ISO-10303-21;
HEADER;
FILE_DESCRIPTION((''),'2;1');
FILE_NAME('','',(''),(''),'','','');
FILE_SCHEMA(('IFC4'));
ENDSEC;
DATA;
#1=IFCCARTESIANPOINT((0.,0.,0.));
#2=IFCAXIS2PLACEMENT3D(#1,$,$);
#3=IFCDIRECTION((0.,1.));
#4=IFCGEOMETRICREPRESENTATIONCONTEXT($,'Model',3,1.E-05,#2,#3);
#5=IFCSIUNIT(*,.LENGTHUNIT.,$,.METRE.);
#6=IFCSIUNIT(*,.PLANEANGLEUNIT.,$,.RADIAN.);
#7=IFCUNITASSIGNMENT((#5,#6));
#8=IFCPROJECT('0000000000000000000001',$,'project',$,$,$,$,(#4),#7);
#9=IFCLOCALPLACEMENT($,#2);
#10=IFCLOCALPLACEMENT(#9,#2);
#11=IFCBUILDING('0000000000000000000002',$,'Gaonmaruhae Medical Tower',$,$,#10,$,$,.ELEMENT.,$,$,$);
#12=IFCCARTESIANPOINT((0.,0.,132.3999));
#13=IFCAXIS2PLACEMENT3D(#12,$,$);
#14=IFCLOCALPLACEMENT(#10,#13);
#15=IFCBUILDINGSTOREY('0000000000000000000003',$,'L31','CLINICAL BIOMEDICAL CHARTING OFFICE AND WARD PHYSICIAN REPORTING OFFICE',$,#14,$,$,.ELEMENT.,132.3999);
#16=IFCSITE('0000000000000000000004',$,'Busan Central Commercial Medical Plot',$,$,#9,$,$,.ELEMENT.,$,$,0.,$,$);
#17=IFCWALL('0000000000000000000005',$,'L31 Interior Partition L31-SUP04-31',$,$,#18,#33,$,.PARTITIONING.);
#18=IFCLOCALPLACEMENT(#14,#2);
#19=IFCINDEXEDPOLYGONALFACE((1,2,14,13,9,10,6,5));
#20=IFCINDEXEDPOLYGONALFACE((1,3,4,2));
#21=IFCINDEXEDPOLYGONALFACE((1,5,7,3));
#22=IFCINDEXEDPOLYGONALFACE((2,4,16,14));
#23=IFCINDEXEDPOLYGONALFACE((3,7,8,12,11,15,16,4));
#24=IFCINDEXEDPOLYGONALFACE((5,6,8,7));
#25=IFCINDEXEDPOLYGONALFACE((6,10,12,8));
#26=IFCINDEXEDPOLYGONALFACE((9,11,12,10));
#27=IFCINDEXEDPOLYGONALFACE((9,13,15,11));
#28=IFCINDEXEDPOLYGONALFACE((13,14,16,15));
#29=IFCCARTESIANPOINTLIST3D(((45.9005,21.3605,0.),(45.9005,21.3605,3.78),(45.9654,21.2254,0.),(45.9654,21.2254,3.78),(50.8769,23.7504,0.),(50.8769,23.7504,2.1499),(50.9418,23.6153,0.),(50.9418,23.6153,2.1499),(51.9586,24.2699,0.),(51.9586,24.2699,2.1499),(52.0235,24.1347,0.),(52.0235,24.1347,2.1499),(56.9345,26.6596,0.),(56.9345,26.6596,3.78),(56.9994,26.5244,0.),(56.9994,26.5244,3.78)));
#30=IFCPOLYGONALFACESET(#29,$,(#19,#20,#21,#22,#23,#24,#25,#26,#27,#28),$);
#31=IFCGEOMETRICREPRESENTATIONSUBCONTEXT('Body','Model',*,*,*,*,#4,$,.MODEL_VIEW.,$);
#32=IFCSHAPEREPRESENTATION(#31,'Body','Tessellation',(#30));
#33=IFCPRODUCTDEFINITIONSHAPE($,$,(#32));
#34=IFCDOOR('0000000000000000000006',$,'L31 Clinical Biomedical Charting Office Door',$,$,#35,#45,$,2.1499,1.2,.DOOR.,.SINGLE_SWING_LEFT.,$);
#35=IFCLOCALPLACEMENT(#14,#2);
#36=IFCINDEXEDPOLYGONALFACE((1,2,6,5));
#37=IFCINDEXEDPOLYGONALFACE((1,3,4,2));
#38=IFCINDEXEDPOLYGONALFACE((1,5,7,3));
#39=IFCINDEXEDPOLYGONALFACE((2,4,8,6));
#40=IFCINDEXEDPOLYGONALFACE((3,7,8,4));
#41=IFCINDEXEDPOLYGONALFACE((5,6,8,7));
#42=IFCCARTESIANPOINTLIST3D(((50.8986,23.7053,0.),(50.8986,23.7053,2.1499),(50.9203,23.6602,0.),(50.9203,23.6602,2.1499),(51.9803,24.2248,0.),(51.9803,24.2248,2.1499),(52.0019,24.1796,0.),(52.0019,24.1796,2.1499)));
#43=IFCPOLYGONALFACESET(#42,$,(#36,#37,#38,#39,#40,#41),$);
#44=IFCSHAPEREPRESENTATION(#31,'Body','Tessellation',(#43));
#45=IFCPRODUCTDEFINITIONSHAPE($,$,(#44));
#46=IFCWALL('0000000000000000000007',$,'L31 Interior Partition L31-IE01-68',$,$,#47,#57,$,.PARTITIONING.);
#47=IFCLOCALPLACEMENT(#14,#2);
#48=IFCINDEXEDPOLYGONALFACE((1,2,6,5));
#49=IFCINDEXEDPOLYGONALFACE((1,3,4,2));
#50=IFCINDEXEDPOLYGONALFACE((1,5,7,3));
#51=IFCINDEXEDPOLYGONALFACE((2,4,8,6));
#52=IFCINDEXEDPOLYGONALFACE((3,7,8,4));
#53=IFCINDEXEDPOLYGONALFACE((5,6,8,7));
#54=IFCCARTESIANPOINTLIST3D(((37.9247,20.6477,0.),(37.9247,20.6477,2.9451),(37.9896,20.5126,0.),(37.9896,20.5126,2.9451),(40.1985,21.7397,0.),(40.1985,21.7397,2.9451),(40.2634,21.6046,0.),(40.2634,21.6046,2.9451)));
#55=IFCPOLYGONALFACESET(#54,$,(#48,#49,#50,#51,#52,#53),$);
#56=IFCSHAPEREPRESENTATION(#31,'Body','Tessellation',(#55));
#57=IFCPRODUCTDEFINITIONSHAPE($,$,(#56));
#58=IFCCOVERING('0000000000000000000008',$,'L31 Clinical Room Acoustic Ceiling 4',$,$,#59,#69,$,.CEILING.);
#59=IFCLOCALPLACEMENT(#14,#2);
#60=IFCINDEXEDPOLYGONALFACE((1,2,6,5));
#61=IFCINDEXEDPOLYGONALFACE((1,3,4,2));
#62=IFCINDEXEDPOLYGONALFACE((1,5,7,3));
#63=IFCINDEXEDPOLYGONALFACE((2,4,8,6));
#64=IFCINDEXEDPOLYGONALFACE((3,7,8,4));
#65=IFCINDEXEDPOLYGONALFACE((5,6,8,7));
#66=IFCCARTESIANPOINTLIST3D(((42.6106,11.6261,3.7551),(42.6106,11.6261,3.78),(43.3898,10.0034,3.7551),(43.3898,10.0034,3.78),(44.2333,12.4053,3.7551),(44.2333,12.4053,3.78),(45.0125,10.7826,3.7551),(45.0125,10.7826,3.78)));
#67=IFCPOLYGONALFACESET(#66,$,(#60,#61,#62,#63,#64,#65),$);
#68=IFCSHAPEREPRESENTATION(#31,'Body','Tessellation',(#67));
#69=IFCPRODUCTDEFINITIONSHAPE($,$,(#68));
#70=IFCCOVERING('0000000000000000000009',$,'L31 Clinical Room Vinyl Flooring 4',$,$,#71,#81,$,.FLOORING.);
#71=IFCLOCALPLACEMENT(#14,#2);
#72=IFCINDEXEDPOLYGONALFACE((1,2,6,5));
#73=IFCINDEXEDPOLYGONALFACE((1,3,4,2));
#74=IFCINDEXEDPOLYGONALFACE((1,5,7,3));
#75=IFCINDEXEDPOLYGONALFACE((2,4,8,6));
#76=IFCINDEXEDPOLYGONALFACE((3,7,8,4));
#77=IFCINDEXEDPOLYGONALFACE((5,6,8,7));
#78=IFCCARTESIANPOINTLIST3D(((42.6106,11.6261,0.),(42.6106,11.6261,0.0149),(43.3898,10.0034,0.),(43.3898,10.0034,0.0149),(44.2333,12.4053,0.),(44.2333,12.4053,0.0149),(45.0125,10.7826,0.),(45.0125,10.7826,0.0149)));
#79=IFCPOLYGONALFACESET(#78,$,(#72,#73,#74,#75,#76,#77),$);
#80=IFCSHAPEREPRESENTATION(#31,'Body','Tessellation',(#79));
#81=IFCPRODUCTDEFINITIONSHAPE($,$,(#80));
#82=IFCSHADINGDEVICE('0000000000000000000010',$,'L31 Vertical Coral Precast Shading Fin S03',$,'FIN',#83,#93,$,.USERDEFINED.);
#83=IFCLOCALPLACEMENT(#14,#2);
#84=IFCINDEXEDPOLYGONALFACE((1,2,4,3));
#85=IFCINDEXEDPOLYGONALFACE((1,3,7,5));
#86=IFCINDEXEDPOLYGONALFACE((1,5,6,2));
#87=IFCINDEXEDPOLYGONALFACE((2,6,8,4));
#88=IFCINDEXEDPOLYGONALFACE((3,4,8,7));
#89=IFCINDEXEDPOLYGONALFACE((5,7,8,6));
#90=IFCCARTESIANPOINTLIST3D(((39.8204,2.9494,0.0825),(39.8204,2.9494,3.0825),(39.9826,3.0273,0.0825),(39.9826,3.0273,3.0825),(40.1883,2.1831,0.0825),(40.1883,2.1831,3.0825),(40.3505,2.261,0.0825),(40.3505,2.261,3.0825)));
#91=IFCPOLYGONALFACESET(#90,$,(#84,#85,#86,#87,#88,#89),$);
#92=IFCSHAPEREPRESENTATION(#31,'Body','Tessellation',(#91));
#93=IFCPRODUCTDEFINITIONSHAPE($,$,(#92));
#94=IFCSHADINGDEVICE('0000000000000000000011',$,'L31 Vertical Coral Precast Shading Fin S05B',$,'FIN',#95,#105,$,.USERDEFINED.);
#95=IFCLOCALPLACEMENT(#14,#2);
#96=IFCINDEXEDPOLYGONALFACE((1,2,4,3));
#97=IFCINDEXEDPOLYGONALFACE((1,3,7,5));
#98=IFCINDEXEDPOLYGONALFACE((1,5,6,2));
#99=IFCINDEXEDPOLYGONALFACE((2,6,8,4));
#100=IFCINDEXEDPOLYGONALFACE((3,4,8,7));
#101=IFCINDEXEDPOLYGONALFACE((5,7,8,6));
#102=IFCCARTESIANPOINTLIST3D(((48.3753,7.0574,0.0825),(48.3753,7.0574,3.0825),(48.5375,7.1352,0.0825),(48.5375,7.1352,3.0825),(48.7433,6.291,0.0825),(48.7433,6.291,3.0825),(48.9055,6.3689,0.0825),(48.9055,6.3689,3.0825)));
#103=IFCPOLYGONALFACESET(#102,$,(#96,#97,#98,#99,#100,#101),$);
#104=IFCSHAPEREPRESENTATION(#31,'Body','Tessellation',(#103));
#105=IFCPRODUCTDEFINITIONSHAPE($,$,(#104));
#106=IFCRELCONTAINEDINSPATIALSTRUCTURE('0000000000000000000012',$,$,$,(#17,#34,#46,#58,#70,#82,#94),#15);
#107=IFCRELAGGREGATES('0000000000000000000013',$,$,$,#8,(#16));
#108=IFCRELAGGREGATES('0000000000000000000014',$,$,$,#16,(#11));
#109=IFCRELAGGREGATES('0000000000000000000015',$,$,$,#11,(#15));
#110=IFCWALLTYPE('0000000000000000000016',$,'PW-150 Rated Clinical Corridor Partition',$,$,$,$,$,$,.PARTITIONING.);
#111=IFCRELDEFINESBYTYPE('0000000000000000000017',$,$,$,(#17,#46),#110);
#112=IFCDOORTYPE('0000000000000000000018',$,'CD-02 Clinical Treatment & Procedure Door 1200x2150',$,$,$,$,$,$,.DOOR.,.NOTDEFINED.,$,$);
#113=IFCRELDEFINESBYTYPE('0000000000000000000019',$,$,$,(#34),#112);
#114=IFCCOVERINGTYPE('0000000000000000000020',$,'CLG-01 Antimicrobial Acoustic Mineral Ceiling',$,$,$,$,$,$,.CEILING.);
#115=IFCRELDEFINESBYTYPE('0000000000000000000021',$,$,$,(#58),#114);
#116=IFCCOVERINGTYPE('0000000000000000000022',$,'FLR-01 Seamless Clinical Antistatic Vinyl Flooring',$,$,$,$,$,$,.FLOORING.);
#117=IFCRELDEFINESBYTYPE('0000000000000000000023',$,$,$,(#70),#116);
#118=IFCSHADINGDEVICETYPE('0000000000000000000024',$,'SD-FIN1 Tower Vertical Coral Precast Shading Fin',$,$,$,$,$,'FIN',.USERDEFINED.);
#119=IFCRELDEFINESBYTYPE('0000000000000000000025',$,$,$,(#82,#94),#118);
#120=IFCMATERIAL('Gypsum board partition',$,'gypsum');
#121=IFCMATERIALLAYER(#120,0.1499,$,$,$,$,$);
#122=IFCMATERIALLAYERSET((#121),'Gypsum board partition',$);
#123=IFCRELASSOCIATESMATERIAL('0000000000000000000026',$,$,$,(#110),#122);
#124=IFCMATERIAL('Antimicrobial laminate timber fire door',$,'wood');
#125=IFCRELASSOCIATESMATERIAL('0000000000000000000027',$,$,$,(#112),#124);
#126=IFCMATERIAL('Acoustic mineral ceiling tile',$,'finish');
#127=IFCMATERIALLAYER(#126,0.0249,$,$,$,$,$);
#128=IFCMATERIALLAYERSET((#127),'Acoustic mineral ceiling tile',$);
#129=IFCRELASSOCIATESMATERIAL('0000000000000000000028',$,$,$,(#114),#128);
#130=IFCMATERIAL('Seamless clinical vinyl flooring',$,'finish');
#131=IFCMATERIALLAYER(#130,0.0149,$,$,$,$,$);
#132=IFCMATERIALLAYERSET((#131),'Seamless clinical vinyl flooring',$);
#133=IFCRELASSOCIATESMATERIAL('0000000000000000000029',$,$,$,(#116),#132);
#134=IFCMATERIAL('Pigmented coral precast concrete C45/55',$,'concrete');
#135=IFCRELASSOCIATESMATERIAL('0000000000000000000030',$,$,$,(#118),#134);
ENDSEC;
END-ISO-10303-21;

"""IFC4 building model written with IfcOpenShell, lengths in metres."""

from ifc_helpers import new_model, si_unit, direction, frame, frame_2d, origin, origin_2d, place, context, subcontext, project, spatial, rectangle, extrude, material, layer, layer_set, type_object, element, fill, save


model = new_model("IFC4")

# Units and contexts
model_context = context("Model", 3, precision=1e-05, world=origin(), true_north=direction((0.0, 1.0)))
body_context = subcontext(model_context, "Body", "Model", "MODEL_VIEW")
ifc_project = project(units=[si_unit("LENGTHUNIT", "METRE"), si_unit("PLANEANGLEUNIT", "RADIAN")], contexts=[model_context])

# Site, building, storey
site_placement = place(None, origin())
site = spatial("IfcSite", under=ifc_project, at=site_placement, Name="Busan Central Commercial Medical Plot", CompositionType="ELEMENT", RefElevation=0.0)
building_placement = place(site_placement, origin())
building = spatial("IfcBuilding", under=site, at=building_placement, Name="Gaonmaruhae Medical Tower", CompositionType="ELEMENT")
storey_placement = place(building_placement, frame((0.0, 0.0, 132.3999)))
storey = spatial("IfcBuildingStorey", under=building, at=storey_placement, Name="L31", Description="CLINICAL BIOMEDICAL CHARTING OFFICE AND WARD PHYSICIAN REPORTING OFFICE", CompositionType="ELEMENT", Elevation=132.3999)

# Shared definitions
ifc_material_1 = material(Name="Gypsum board partition", Category="gypsum")
ifc_layer_1 = layer(ifc_material_1, 0.1499)
ifc_layer_set_1 = layer_set([ifc_layer_1], Name="Gypsum board partition")
wall_type_1 = type_object("IfcWallType", Name="PW-150 Rated Clinical Corridor Partition", PredefinedType="PARTITIONING", material=ifc_layer_set_1)

# Wall, opening, door
wall_1_placement = place(storey_placement, frame((45.9331, 21.293, 0.0), z_axis=(0.0, 0.0, 1.0), x_axis=(0.901434, 0.432916, 0.0)))
wall_1 = element("IfcWall", 1, at=wall_1_placement, inside=storey, type_object=wall_type_1, Name="L31 Interior Partition L31-SUP04-31", PredefinedType="PARTITIONING", context=body_context, shape_type="SweptSolid", body=[
    extrude(rectangle(XDim=12.2405, YDim=0.1499, at=frame_2d((6.1201, 0.0))), origin(), (0.0, 0.0, 1.0), 3.78),
])
opening_1_placement = place(wall_1_placement, frame((5.5203, 0.0, 0.0)))
opening_1 = element("IfcOpeningElement", 2, at=opening_1_placement, cuts=wall_1, PredefinedType="OPENING", context=body_context, shape_type="SweptSolid", body=[
    extrude(rectangle(XDim=1.2, YDim=2.1499, at=frame_2d((0.6001, 1.075))), frame((0.0, 0.085, 0.0), z_axis=(0.0, -1.0, 0.0), x_axis=(1.0, 0.0, 0.0)), (0.0, 0.0, 1.0), 0.1699),
])
ifc_material_2 = material(Name="Antimicrobial laminate timber fire door", Category="wood")
door_type = type_object("IfcDoorType", Name="CD-02 Clinical Treatment & Procedure Door 1200x2150", OperationType="NOTDEFINED", PredefinedType="DOOR", material=ifc_material_2)
door_placement = place(opening_1_placement, origin())
door = element("IfcDoor", 3, at=door_placement, inside=storey, type_object=door_type, Name="L31 Clinical Biomedical Charting Office Door", OperationType="SINGLE_SWING_LEFT", OverallHeight=2.1499, OverallWidth=1.2, PredefinedType="DOOR", context=body_context, shape_type="SweptSolid", body=[
    extrude(rectangle(XDim=1.2, YDim=2.1499, at=frame_2d((0.6001, 1.075))), frame((0.0, 0.0249, 0.0), z_axis=(0.0, -1.0, 0.0), x_axis=(1.0, 0.0, 0.0)), (0.0, 0.0, 1.0), 0.05),
])
fill(opening_1, door)

# Wall
wall_2_placement = place(storey_placement, frame((40.231, 21.6721, 0.0), z_axis=(0.0, 0.0, 1.0), x_axis=(-0.901437, -0.43291, 0.0)))
element("IfcWall", 4, at=wall_2_placement, inside=storey, type_object=wall_type_1, Name="L31 Interior Partition L31-IE01-68", PredefinedType="PARTITIONING", context=body_context, shape_type="SweptSolid", body=[
    extrude(rectangle(XDim=2.5225, YDim=0.1499, at=frame_2d((1.2612, 0.0))), origin(), (0.0, 0.0, 1.0), 2.9451),
])

# Coverings
ifc_material_3 = material(Name="Acoustic mineral ceiling tile", Category="finish")
ifc_layer_2 = layer(ifc_material_3, 0.0249)
ifc_layer_set_2 = layer_set([ifc_layer_2], Name="Acoustic mineral ceiling tile")
covering_type_1 = type_object("IfcCoveringType", Name="CLG-01 Antimicrobial Acoustic Mineral Ceiling", PredefinedType="CEILING", material=ifc_layer_set_2)
covering_1_placement = place(storey_placement, frame((43.8115, 11.2043, 3.7551), z_axis=(0.0, 0.0, 1.0), x_axis=(0.901455, 0.432873, 0.0)))
element("IfcCovering", 5, at=covering_1_placement, inside=storey, type_object=covering_type_1, Name="L31 Clinical Room Acoustic Ceiling 4", PredefinedType="CEILING", context=body_context, shape_type="SweptSolid", body=[
    extrude(rectangle(XDim=1.8, YDim=1.8, at=origin_2d()), origin(), (0.0, 0.0, 1.0), 0.0249),
])
ifc_material_4 = material(Name="Seamless clinical vinyl flooring", Category="finish")
ifc_layer_3 = layer(ifc_material_4, 0.0149)
ifc_layer_set_3 = layer_set([ifc_layer_3], Name="Seamless clinical vinyl flooring")
covering_type_2 = type_object("IfcCoveringType", Name="FLR-01 Seamless Clinical Antistatic Vinyl Flooring", PredefinedType="FLOORING", material=ifc_layer_set_3)
covering_2_placement = place(storey_placement, frame((43.8115, 11.2043, 0.0), z_axis=(0.0, 0.0, 1.0), x_axis=(0.901455, 0.432873, 0.0)))
element("IfcCovering", 6, at=covering_2_placement, inside=storey, type_object=covering_type_2, Name="L31 Clinical Room Vinyl Flooring 4", PredefinedType="FLOORING", context=body_context, shape_type="SweptSolid", body=[
    extrude(rectangle(XDim=1.8, YDim=1.8, at=origin_2d()), origin(), (0.0, 0.0, 1.0), 0.0149),
])

# Shading devices
ifc_material_5 = material(Name="Pigmented coral precast concrete C45/55", Category="concrete")
shading_device_type = type_object("IfcShadingDeviceType", Name="SD-FIN1 Tower Vertical Coral Precast Shading Fin", ElementType="FIN", PredefinedType="USERDEFINED", material=ifc_material_5)
for number, where, z_axis, x_axis, name in (
    (7, (40.0854, 2.6052, 0.0825), (0.0, 0.0, 1.0), (-0.901455, -0.432873, 0.0), "L31 Vertical Coral Precast Shading Fin S03"),
    (8, (48.6404, 6.7131, 0.0825), (0.0, 0.0, 1.0), (-0.901455, -0.432873, 0.0), "L31 Vertical Coral Precast Shading Fin S05B"),
):
    element("IfcShadingDevice", number, at=place(storey_placement, frame(where, z_axis=z_axis, x_axis=x_axis)), inside=storey, type_object=shading_device_type, Name=name, ObjectType="FIN", PredefinedType="USERDEFINED", context=body_context, shape_type="SweptSolid", body=[
        extrude(rectangle(XDim=0.1799, YDim=0.8501, at=origin_2d()), origin(), (0.0, 0.0, 1.0), 3.0),
    ])

save(model, "model.ifc")
